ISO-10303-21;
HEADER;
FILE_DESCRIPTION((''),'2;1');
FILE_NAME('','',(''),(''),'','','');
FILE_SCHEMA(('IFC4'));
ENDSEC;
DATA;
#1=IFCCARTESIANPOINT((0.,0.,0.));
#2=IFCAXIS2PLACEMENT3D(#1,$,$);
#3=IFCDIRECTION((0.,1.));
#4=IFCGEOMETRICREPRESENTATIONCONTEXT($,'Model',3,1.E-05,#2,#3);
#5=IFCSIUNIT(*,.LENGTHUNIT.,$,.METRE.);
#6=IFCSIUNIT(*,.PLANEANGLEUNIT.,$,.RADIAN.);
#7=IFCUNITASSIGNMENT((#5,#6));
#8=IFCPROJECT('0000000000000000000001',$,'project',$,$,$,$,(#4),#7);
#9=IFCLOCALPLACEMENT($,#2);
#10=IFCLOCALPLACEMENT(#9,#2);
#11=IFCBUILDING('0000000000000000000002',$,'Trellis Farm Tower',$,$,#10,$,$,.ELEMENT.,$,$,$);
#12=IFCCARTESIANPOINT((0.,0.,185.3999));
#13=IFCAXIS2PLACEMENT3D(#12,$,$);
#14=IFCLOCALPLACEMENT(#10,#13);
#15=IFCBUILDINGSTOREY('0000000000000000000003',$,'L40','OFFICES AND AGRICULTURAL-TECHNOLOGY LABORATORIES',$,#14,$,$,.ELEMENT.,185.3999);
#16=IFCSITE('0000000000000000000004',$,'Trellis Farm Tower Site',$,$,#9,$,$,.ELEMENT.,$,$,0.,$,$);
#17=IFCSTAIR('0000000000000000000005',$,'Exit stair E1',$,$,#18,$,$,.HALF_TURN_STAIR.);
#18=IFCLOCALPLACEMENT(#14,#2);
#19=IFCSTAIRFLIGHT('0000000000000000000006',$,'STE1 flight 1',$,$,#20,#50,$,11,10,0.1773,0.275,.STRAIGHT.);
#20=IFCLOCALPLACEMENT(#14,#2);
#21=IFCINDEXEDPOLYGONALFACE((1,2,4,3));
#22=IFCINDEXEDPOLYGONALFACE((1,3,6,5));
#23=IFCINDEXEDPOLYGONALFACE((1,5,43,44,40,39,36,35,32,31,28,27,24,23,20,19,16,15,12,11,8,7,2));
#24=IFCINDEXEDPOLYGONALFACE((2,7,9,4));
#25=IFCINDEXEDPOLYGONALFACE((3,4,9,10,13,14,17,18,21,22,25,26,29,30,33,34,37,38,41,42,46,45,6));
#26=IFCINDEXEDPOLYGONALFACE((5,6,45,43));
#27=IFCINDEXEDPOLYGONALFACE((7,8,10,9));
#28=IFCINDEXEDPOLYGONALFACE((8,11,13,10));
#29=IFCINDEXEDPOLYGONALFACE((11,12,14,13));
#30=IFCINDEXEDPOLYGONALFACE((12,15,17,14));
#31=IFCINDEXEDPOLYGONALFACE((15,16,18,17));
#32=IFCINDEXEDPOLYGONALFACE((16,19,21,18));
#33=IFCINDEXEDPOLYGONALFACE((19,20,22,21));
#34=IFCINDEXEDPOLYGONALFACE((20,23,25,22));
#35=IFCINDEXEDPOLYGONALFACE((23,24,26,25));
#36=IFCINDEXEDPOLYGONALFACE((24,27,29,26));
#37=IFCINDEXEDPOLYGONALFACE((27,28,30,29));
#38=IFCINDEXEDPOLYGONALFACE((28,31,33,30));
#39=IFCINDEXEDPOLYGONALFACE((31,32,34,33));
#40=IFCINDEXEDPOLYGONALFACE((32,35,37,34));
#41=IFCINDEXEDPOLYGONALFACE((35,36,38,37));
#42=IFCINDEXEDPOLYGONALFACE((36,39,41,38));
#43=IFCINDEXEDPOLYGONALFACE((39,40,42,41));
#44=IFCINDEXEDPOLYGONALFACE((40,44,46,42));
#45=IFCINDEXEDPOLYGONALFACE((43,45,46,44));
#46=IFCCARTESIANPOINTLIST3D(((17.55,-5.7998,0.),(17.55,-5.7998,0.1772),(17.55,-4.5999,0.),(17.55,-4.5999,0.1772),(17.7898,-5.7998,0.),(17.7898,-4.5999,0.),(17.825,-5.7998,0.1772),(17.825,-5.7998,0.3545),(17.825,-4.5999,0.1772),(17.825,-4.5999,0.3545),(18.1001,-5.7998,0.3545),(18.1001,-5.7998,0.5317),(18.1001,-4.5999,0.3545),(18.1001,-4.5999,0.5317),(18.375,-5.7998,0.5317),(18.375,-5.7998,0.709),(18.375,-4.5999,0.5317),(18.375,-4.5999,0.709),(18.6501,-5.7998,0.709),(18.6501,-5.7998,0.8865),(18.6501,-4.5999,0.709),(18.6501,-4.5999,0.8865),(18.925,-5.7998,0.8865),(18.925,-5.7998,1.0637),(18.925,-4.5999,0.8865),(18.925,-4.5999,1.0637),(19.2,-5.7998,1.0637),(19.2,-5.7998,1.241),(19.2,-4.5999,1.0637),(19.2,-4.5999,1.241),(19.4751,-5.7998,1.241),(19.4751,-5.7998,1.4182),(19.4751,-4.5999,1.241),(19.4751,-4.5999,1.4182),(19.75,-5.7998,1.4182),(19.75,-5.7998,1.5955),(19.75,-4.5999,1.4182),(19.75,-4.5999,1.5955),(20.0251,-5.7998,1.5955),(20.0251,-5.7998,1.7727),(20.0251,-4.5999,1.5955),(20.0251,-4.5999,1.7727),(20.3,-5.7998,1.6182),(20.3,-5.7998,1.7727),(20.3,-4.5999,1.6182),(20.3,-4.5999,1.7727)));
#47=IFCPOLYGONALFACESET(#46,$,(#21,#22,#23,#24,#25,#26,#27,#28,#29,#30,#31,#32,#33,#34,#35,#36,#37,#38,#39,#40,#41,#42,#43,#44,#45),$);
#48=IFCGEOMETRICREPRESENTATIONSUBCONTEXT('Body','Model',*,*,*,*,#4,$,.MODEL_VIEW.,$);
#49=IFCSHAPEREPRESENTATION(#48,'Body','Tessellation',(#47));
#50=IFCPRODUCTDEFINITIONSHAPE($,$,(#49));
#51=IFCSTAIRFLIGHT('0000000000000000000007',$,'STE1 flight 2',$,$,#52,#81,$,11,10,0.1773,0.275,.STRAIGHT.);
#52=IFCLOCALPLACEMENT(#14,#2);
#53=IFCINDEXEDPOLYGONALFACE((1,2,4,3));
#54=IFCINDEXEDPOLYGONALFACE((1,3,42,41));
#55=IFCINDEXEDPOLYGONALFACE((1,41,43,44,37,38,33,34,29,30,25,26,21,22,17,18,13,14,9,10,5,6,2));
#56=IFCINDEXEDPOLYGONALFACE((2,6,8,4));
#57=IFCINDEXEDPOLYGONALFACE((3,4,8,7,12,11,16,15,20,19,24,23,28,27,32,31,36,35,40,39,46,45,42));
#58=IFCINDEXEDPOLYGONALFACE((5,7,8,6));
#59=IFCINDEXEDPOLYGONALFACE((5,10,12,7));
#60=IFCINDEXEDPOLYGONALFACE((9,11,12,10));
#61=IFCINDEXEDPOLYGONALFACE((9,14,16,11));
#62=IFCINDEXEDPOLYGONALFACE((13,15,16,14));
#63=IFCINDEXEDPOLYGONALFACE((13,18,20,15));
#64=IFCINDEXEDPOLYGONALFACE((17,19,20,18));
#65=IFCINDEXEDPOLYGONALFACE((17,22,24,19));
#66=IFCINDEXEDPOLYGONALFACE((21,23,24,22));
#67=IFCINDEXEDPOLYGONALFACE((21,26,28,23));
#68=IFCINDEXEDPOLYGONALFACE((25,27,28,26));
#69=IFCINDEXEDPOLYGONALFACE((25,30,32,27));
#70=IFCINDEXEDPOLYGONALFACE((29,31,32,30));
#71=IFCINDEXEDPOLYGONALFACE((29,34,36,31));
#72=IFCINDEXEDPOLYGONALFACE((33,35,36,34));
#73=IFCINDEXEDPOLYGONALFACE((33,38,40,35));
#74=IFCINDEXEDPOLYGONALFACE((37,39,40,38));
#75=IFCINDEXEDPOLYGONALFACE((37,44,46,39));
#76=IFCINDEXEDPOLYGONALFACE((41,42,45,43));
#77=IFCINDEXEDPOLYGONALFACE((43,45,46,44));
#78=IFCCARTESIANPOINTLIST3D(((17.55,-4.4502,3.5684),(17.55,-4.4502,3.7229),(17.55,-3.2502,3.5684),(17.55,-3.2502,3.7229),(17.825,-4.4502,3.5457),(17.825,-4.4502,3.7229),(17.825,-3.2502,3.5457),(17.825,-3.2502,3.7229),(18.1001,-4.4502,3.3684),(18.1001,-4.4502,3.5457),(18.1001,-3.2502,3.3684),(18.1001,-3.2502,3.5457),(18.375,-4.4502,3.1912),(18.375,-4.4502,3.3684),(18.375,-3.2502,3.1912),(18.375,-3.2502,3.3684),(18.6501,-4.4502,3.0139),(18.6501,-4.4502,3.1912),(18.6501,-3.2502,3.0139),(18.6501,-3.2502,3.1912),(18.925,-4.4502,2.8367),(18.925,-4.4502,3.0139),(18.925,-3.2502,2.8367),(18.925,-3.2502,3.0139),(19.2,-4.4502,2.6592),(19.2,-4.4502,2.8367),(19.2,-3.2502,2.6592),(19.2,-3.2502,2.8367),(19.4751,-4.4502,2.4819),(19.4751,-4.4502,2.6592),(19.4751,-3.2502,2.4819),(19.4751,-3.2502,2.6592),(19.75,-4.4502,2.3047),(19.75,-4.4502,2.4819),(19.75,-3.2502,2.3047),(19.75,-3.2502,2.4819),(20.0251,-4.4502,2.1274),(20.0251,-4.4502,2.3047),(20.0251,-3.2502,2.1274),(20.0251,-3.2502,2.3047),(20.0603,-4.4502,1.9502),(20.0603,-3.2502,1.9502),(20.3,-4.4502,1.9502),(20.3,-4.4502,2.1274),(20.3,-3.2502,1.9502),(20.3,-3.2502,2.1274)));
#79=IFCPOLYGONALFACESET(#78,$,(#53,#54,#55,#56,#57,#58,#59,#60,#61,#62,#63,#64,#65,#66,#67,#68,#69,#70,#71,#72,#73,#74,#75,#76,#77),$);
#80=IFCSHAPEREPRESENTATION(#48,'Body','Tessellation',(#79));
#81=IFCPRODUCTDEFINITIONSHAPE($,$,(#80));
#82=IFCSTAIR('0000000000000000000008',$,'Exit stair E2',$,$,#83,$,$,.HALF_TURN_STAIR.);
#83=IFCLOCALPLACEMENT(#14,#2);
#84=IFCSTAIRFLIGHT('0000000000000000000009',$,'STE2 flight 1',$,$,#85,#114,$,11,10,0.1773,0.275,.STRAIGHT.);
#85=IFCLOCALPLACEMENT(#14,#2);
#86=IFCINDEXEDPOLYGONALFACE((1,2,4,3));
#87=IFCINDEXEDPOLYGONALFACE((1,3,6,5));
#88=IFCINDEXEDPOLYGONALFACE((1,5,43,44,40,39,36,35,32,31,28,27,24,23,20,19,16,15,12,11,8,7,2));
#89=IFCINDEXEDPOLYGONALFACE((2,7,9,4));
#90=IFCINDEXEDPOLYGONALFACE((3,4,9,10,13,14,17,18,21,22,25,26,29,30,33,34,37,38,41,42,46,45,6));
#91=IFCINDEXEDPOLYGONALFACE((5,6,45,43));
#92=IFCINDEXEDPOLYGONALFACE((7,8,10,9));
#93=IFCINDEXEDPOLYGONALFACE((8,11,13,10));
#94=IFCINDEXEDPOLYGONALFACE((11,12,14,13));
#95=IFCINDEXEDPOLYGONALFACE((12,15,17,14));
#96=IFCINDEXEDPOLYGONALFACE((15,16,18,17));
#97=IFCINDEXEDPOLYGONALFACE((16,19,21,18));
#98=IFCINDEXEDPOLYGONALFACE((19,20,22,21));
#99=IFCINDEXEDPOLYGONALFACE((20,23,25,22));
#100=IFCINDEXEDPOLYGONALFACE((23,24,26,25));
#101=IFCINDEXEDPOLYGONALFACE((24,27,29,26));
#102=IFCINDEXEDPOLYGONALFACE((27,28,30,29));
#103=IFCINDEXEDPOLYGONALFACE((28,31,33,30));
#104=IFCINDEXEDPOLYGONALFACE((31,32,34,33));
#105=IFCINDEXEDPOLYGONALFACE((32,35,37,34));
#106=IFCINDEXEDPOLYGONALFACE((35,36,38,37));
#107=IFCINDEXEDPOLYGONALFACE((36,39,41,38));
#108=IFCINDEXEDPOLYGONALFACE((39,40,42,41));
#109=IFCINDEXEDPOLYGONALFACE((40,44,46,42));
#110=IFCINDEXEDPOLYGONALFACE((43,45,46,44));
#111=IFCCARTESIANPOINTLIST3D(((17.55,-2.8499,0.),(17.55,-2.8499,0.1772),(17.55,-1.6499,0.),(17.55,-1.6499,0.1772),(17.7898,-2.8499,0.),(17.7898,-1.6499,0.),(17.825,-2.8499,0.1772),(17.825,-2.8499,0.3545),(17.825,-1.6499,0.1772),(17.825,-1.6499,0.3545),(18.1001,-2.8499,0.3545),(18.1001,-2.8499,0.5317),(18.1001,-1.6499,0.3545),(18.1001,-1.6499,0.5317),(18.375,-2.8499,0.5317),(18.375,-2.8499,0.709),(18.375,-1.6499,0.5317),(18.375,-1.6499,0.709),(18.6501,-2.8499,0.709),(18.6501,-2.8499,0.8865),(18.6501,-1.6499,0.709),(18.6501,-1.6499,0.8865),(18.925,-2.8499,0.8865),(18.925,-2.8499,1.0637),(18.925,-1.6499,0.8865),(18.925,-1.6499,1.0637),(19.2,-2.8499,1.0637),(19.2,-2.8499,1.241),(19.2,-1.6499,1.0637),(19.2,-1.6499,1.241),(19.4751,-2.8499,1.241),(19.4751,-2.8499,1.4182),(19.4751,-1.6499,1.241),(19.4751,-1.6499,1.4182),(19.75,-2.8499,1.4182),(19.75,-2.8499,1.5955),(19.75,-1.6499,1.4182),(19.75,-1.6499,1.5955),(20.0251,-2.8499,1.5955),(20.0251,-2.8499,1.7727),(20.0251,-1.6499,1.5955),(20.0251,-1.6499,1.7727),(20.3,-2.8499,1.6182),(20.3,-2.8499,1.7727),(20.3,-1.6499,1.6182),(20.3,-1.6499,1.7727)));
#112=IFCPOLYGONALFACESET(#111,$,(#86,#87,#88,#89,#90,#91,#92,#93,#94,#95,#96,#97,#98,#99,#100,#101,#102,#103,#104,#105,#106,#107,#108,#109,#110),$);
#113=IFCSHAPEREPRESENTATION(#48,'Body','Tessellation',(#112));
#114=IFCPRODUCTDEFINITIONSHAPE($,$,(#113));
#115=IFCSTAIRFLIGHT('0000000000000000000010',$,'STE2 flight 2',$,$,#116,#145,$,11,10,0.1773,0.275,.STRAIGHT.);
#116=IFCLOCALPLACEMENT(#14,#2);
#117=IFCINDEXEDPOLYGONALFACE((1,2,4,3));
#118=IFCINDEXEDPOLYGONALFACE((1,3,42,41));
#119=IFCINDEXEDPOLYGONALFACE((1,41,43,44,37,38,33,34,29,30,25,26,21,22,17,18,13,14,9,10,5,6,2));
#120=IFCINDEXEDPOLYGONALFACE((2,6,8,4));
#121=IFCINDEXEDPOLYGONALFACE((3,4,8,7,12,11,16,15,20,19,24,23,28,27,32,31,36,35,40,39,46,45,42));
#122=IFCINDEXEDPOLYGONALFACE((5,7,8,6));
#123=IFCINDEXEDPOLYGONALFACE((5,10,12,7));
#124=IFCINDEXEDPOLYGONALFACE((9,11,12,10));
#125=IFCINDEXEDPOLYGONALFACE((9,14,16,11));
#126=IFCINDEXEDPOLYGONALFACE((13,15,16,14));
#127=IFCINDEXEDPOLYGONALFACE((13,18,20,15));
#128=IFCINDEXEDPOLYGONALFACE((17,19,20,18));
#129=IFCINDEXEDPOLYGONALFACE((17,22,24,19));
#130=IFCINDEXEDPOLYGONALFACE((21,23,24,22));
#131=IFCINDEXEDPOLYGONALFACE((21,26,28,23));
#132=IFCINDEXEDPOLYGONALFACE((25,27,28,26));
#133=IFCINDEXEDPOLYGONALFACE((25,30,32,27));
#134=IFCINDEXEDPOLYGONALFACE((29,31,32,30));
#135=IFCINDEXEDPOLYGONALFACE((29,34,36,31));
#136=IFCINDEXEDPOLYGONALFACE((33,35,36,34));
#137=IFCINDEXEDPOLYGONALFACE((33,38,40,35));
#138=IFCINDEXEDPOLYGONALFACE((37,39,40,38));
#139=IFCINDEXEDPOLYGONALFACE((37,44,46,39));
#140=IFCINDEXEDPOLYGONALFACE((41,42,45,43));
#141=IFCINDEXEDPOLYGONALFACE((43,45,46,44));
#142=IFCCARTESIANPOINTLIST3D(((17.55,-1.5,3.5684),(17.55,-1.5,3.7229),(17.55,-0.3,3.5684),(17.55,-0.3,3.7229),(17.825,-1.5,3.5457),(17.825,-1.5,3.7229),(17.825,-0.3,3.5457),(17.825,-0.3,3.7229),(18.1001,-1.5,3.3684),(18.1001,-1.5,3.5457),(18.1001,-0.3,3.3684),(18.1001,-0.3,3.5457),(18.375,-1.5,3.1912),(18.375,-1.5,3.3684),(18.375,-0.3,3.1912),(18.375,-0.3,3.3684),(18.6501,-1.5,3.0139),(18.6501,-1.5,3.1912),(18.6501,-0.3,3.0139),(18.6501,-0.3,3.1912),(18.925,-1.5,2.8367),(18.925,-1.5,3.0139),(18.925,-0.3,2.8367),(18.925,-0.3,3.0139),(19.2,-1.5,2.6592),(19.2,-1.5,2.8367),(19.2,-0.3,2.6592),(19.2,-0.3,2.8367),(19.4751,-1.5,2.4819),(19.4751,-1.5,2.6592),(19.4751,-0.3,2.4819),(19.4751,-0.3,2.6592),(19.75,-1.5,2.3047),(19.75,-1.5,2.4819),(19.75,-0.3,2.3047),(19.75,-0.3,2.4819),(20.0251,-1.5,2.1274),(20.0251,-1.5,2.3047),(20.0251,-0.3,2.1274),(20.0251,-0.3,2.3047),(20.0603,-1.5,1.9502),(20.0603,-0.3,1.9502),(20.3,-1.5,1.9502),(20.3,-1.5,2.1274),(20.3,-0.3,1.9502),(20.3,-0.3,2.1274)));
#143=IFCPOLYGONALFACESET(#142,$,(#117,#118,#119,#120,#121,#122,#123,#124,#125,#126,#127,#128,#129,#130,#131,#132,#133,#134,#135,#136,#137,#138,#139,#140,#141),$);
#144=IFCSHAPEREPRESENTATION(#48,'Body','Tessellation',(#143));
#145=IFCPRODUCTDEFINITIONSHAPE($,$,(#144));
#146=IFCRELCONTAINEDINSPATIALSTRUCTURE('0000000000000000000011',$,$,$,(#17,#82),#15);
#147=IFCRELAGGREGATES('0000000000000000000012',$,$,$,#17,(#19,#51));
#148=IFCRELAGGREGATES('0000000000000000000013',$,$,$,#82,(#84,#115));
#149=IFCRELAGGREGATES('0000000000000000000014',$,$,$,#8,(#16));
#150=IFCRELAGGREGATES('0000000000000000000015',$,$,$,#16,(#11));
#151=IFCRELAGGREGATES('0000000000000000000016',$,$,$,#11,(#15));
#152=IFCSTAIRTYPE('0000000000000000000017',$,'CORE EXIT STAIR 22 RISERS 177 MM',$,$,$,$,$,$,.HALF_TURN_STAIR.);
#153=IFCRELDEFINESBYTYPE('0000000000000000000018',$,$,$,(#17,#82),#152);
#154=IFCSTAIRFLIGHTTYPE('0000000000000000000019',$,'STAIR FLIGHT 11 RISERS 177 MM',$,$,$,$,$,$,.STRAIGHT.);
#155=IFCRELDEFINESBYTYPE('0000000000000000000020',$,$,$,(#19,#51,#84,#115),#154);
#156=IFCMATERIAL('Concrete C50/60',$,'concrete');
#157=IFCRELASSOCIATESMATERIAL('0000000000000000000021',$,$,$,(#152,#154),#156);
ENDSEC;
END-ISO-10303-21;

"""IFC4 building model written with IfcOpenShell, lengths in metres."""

from ifc_helpers import new_model, si_unit, direction, frame, origin, place, context, subcontext, project, spatial, polyline, outline, extrude, source, transform, mapped, material, type_object, element, aggregate, save


model = new_model("IFC4")

# Units and contexts
model_context = context("Model", 3, precision=1e-05, world=origin(), true_north=direction((0.0, 1.0)))
body_context = subcontext(model_context, "Body", "Model", "MODEL_VIEW")
ifc_project = project(units=[si_unit("LENGTHUNIT", "METRE"), si_unit("PLANEANGLEUNIT", "RADIAN")], contexts=[model_context])

# Site, building, storey
site_placement = place(None, origin())
site = spatial("IfcSite", under=ifc_project, at=site_placement, Name="Trellis Farm Tower Site", CompositionType="ELEMENT", RefElevation=0.0)
building_placement = place(site_placement, origin())
building = spatial("IfcBuilding", under=site, at=building_placement, Name="Trellis Farm Tower", CompositionType="ELEMENT")
storey_placement = place(building_placement, frame((0.0, 0.0, 185.3999)))
storey = spatial("IfcBuildingStorey", under=building, at=storey_placement, Name="L40", Description="OFFICES AND AGRICULTURAL-TECHNOLOGY LABORATORIES", CompositionType="ELEMENT", Elevation=185.3999)

# Shared definitions
placement = place(storey_placement, origin())

# Stairs, stair flights
ifc_material_1 = material(Name="Concrete C50/60", Category="concrete")
stair_type = type_object("IfcStairType", Name="CORE EXIT STAIR 22 RISERS 177 MM", PredefinedType="HALF_TURN_STAIR", material=ifc_material_1)
stair_1 = element("IfcStair", 1, at=placement, inside=storey, type_object=stair_type, Name="Exit stair E1", PredefinedType="HALF_TURN_STAIR")
stair_flight_type = type_object("IfcStairFlightType", Name="STAIR FLIGHT 11 RISERS 177 MM", PredefinedType="STRAIGHT", material=ifc_material_1)
shared_shape_1 = source(origin(), body_context, "Body", "SweptSolid", [
    extrude(outline(polyline([(0.0, 0.0), (0.0, 0.1772), (0.2749, 0.1772), (0.2749, 0.3545), (0.55, 0.3545), (0.55, 0.5317), (0.825, 0.5317), (0.825, 0.709), (1.1001, 0.709), (1.1001, 0.8865), (1.375, 0.8865), (1.375, 1.0637), (1.6499, 1.0637), (1.6499, 1.241), (1.925, 1.241), (1.925, 1.4182), (2.2, 1.4182), (2.2, 1.5955), (2.4751, 1.5955), (2.4751, 1.7727), (2.75, 1.7727), (2.75, 1.95), (2.75, 1.6182), (0.2397, 0.0), (0.0, 0.0)])), frame((0.0, 0.6001, 0.0), z_axis=(0.0, -1.0, 0.0), x_axis=(1.0, 0.0, 0.0)), (0.0, 0.0, 1.0), 1.2),
])
stair_flight_1_placement = place(storey_placement, frame((17.55, -5.2, 0.0), z_axis=(0.0, 0.0, 1.0), x_axis=(1.0, 0.0, 0.0)))
stair_flight_1 = element("IfcStairFlight", 2, at=stair_flight_1_placement, type_object=stair_flight_type, Name="STE1 flight 1", NumberOfRisers=11, NumberOfTreads=10, PredefinedType="STRAIGHT", RiserHeight=0.1773, TreadLength=0.275, context=body_context, shape_type="MappedRepresentation", body=[
    mapped(shared_shape_1, transform((0.0, 0.0, 0.0))),
])
stair_flight_2_placement = place(storey_placement, frame((20.3, -3.8501, 1.9502), z_axis=(0.0, 0.0, 1.0), x_axis=(-1.0, 0.0, 0.0)))
stair_flight_2 = element("IfcStairFlight", 3, at=stair_flight_2_placement, type_object=stair_flight_type, Name="STE1 flight 2", NumberOfRisers=11, NumberOfTreads=10, PredefinedType="STRAIGHT", RiserHeight=0.1773, TreadLength=0.275, context=body_context, shape_type="MappedRepresentation", body=[
    mapped(shared_shape_1, transform((0.0, 0.0, 0.0))),
])
aggregate(stair_1, [stair_flight_1, stair_flight_2])
stair_2 = element("IfcStair", 4, at=placement, inside=storey, type_object=stair_type, Name="Exit stair E2", PredefinedType="HALF_TURN_STAIR")
stair_flight_3_placement = place(storey_placement, frame((17.55, -2.25, 0.0), z_axis=(0.0, 0.0, 1.0), x_axis=(1.0, 0.0, 0.0)))
stair_flight_3 = element("IfcStairFlight", 5, at=stair_flight_3_placement, type_object=stair_flight_type, Name="STE2 flight 1", NumberOfRisers=11, NumberOfTreads=10, PredefinedType="STRAIGHT", RiserHeight=0.1773, TreadLength=0.275, context=body_context, shape_type="MappedRepresentation", body=[
    mapped(shared_shape_1, transform((0.0, 0.0, 0.0))),
])
stair_flight_4_placement = place(storey_placement, frame((20.3, -0.8999, 1.9502), z_axis=(0.0, 0.0, 1.0), x_axis=(-1.0, 0.0, 0.0)))
stair_flight_4 = element("IfcStairFlight", 6, at=stair_flight_4_placement, type_object=stair_flight_type, Name="STE2 flight 2", NumberOfRisers=11, NumberOfTreads=10, PredefinedType="STRAIGHT", RiserHeight=0.1773, TreadLength=0.275, context=body_context, shape_type="MappedRepresentation", body=[
    mapped(shared_shape_1, transform((0.0, 0.0, 0.0))),
])
aggregate(stair_2, [stair_flight_3, stair_flight_4])

save(model, "model.ifc")
